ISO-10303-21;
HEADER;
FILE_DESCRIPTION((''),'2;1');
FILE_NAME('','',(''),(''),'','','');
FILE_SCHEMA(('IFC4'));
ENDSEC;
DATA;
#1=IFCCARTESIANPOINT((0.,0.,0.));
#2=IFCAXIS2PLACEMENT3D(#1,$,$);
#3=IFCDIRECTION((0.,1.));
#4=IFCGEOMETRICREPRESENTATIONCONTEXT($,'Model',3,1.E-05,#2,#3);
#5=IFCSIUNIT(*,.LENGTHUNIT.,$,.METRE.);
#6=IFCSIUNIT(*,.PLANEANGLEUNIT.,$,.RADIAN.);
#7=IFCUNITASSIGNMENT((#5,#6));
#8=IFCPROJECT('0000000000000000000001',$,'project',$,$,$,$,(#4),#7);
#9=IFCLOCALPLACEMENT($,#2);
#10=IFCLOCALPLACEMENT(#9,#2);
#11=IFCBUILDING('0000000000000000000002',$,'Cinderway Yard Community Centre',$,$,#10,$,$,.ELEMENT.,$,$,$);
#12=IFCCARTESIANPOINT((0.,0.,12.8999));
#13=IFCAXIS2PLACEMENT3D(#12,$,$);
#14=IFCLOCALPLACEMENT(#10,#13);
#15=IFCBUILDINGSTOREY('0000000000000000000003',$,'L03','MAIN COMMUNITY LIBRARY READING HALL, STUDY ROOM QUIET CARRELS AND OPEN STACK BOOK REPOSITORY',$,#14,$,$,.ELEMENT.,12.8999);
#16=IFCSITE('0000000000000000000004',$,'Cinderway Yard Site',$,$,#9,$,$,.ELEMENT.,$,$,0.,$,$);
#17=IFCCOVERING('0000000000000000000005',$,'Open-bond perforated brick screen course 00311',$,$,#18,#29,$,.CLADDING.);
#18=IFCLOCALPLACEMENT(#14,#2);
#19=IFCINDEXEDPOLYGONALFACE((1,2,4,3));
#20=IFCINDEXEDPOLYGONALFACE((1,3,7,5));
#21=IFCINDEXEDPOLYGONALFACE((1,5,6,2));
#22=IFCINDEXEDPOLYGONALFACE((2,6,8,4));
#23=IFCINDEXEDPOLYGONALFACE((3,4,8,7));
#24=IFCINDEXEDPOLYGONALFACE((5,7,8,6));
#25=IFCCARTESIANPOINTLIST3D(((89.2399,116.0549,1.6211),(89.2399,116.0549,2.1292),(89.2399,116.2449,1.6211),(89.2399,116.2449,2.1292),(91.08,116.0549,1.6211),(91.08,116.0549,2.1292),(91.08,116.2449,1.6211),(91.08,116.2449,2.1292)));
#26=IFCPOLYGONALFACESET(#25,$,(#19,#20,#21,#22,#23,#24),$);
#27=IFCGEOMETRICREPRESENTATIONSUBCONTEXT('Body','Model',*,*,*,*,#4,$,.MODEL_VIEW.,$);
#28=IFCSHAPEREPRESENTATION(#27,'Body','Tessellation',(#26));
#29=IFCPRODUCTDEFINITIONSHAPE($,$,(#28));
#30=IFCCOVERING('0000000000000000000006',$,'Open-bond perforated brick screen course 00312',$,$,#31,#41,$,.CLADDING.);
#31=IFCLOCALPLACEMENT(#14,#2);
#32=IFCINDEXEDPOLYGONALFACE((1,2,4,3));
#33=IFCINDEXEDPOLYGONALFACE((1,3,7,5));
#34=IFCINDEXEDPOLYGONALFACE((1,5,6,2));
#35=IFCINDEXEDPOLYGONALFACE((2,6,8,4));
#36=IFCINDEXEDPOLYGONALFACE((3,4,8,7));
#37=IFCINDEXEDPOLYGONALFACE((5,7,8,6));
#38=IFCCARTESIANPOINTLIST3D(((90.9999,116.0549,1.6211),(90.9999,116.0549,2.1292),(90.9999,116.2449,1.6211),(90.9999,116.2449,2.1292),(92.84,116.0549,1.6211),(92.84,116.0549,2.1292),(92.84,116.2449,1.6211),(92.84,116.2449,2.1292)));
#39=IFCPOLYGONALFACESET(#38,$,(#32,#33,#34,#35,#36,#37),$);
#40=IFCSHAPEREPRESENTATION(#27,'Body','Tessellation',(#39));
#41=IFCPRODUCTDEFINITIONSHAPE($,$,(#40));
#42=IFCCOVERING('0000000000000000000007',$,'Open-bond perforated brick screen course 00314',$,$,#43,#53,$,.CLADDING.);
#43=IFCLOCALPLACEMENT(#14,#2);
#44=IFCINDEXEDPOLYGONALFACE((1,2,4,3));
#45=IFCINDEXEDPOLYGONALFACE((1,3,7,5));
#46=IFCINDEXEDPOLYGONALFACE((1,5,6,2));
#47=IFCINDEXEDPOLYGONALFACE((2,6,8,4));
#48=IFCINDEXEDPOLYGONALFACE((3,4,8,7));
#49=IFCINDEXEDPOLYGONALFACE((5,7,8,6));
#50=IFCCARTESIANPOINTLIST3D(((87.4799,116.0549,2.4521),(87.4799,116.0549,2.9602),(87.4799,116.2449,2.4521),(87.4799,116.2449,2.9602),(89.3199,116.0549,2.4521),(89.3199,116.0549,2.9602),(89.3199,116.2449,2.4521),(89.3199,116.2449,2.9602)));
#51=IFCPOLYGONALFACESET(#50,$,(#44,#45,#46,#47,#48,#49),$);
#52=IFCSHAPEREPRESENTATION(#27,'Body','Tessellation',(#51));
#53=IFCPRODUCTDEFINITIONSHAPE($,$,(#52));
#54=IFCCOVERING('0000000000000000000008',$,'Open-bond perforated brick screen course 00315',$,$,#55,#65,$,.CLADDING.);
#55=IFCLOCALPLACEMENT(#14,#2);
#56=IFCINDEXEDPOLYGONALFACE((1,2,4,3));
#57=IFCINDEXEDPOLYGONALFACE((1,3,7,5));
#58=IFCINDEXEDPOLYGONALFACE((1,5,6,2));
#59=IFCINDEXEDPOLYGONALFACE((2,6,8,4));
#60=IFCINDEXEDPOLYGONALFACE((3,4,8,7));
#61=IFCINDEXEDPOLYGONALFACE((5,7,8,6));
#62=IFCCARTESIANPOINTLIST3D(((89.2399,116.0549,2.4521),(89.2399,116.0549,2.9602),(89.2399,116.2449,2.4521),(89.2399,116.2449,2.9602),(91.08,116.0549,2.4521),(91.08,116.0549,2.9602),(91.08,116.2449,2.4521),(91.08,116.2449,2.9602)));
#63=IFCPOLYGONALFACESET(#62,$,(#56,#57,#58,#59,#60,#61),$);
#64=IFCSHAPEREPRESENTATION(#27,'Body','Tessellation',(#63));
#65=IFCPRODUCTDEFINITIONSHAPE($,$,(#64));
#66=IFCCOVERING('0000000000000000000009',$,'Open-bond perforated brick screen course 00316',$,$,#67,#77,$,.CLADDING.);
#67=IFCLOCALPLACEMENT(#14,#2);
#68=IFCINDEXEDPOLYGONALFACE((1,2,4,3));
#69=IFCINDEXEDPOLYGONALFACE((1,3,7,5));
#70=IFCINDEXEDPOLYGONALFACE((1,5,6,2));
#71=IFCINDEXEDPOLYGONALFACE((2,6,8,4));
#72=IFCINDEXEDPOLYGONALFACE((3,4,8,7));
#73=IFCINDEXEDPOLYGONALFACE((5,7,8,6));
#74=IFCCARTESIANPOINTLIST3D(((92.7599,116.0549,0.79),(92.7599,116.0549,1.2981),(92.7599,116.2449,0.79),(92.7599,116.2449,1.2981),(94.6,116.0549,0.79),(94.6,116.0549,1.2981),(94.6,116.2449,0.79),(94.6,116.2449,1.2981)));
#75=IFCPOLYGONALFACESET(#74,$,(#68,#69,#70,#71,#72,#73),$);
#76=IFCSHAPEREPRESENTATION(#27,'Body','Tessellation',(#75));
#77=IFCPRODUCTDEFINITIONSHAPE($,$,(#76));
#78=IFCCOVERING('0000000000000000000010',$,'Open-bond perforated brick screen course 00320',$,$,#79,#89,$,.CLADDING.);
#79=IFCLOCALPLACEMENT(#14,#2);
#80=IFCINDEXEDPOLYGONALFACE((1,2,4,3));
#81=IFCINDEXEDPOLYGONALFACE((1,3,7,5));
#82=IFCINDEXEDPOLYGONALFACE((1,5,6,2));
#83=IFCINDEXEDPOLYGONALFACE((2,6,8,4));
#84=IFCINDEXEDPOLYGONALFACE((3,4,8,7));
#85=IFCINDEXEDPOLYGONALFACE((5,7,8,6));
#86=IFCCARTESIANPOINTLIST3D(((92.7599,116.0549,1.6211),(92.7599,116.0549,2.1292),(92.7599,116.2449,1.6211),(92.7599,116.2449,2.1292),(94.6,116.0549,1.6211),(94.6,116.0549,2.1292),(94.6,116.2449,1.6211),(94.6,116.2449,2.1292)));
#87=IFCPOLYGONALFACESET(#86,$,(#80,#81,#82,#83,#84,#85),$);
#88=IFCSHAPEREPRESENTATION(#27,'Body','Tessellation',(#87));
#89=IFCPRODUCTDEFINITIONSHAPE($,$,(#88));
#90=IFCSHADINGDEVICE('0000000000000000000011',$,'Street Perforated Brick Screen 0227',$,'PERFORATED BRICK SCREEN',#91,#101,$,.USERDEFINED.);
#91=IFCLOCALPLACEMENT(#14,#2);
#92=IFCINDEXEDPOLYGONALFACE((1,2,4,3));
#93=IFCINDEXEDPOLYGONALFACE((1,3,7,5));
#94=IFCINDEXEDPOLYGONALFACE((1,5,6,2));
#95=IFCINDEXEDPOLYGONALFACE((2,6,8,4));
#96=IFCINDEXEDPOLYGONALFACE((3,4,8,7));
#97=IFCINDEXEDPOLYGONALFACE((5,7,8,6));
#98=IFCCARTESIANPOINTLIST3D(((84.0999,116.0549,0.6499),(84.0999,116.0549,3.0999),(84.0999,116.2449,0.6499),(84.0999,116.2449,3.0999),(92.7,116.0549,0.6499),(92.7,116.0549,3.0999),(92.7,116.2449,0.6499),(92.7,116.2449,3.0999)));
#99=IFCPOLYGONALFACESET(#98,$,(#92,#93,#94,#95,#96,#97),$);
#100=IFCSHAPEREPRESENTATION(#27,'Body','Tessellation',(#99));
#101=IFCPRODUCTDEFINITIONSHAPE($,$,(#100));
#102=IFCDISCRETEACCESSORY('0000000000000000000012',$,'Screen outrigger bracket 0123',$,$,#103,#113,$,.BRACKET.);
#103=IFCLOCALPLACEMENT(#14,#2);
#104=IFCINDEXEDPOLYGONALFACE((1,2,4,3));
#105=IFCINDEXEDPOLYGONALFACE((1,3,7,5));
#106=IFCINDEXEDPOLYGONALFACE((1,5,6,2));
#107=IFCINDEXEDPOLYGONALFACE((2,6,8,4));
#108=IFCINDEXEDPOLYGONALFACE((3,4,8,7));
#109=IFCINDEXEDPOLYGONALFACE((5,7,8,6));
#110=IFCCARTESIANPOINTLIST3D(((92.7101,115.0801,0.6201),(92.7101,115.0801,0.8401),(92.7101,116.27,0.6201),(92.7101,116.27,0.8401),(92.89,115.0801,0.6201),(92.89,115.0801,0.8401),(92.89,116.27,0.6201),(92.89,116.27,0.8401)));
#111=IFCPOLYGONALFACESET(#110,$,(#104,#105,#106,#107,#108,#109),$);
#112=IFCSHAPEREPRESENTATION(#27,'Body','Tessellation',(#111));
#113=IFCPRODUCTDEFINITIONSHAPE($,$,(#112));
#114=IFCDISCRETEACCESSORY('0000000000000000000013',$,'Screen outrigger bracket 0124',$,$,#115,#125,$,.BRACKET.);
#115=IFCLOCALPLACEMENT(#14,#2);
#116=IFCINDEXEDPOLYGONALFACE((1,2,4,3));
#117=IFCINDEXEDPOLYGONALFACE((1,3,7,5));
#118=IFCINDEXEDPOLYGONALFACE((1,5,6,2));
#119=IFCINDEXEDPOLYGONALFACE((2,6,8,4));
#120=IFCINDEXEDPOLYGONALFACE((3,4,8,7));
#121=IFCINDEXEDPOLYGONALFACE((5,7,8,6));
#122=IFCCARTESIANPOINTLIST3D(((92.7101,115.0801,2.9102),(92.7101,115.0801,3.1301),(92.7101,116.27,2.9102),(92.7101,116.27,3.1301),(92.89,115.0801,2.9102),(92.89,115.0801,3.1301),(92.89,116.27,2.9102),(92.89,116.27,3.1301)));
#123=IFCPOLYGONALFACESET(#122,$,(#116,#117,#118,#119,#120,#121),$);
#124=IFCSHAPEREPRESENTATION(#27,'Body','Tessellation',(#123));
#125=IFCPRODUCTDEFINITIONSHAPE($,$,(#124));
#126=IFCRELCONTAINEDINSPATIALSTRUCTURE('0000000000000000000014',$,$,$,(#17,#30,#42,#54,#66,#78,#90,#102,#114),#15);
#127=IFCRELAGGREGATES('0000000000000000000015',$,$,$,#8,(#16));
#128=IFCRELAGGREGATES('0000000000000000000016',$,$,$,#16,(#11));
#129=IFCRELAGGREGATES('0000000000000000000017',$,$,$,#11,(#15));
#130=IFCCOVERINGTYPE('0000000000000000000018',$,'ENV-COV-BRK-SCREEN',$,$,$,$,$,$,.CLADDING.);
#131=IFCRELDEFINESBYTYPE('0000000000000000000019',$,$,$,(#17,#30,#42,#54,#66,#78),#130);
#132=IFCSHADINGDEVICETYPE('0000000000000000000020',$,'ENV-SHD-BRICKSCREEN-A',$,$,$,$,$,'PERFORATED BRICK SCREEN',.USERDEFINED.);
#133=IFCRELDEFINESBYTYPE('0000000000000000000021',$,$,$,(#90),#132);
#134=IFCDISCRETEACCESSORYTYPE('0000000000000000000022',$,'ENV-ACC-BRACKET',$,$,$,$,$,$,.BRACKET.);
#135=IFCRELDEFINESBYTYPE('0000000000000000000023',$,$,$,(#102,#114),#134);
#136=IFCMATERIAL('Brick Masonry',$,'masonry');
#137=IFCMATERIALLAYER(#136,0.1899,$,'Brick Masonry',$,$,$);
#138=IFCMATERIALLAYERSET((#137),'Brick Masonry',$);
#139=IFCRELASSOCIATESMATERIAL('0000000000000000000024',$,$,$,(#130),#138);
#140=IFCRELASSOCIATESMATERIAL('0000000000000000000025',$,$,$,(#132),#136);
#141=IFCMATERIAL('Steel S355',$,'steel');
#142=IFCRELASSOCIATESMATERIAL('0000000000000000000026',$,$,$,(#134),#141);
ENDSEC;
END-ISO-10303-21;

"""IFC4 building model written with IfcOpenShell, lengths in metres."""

from ifc_helpers import new_model, si_unit, direction, frame, origin, origin_2d, place, context, subcontext, project, spatial, rectangle, extrude, material, layer, layer_set, type_object, element, save


model = new_model("IFC4")

# Units and contexts
model_context = context("Model", 3, precision=1e-05, world=origin(), true_north=direction((0.0, 1.0)))
body_context = subcontext(model_context, "Body", "Model", "MODEL_VIEW")
ifc_project = project(units=[si_unit("LENGTHUNIT", "METRE"), si_unit("PLANEANGLEUNIT", "RADIAN")], contexts=[model_context])

# Site, building, storey
site_placement = place(None, origin())
site = spatial("IfcSite", under=ifc_project, at=site_placement, Name="Cinderway Yard Site", CompositionType="ELEMENT", RefElevation=0.0)
building_placement = place(site_placement, origin())
building = spatial("IfcBuilding", under=site, at=building_placement, Name="Cinderway Yard Community Centre", CompositionType="ELEMENT")
storey_placement = place(building_placement, frame((0.0, 0.0, 12.8999)))
storey = spatial("IfcBuildingStorey", under=building, at=storey_placement, Name="L03", Description="MAIN COMMUNITY LIBRARY READING HALL, STUDY ROOM QUIET CARRELS AND OPEN STACK BOOK REPOSITORY", CompositionType="ELEMENT", Elevation=12.8999)

# Shared definitions
ifc_material_1 = material(Name="Steel S355", Category="steel")

# Shared definitions
ifc_material_2 = material(Name="Brick Masonry", Category="masonry")

# Coverings
ifc_layer_1 = layer(ifc_material_2, 0.1899, Name="Brick Masonry")
ifc_layer_set_1 = layer_set([ifc_layer_1], Name="Brick Masonry")
covering_type = type_object("IfcCoveringType", Name="ENV-COV-BRK-SCREEN", PredefinedType="CLADDING", material=ifc_layer_set_1)
for number, where, z_axis, x_axis, name in (
    (1, (90.1599, 116.1499, 1.6211), (0.0, 0.0, 1.0), (1.0, 0.0, 0.0), "Open-bond perforated brick screen course 00311"),
    (2, (91.9199, 116.1499, 1.6211), (0.0, 0.0, 1.0), (1.0, 0.0, 0.0), "Open-bond perforated brick screen course 00312"),
    (3, (88.3999, 116.1499, 2.4521), (0.0, 0.0, 1.0), (1.0, 0.0, 0.0), "Open-bond perforated brick screen course 00314"),
    (4, (90.1599, 116.1499, 2.4521), (0.0, 0.0, 1.0), (1.0, 0.0, 0.0), "Open-bond perforated brick screen course 00315"),
    (5, (93.6799, 116.1499, 0.79), (0.0, 0.0, 1.0), (1.0, 0.0, 0.0), "Open-bond perforated brick screen course 00316"),
    (6, (93.6799, 116.1499, 1.6211), (0.0, 0.0, 1.0), (1.0, 0.0, 0.0), "Open-bond perforated brick screen course 00320"),
):
    element("IfcCovering", number, at=place(storey_placement, frame(where, z_axis=z_axis, x_axis=x_axis)), inside=storey, type_object=covering_type, Name=name, PredefinedType="CLADDING", context=body_context, shape_type="SweptSolid", body=[
        extrude(rectangle(XDim=1.8401, YDim=0.1899, at=origin_2d()), origin(), (0.0, 0.0, 1.0), 0.5081),
    ])

# Shading device
shading_device_type = type_object("IfcShadingDeviceType", Name="ENV-SHD-BRICKSCREEN-A", ElementType="PERFORATED BRICK SCREEN", PredefinedType="USERDEFINED", material=ifc_material_2)
shading_device_placement = place(storey_placement, frame((88.3999, 116.1499, 0.6499), z_axis=(0.0, 0.0, 1.0), x_axis=(1.0, 0.0, 0.0)))
element("IfcShadingDevice", 7, at=shading_device_placement, inside=storey, type_object=shading_device_type, Name="Street Perforated Brick Screen 0227", ObjectType="PERFORATED BRICK SCREEN", PredefinedType="USERDEFINED", context=body_context, shape_type="SweptSolid", body=[
    extrude(rectangle(XDim=8.6001, YDim=0.1899, at=origin_2d()), origin(), (0.0, 0.0, 1.0), 2.45),
])

# Discrete accessories
discrete_accessory_type = type_object("IfcDiscreteAccessoryType", Name="ENV-ACC-BRACKET", PredefinedType="BRACKET", material=ifc_material_1)
for number, where, z_axis, x_axis, name in (
    (8, (92.8, 115.675, 0.6201), (0.0, 0.0, 1.0), (0.0, 1.0, 0.0), "Screen outrigger bracket 0123"),
    (9, (92.8, 115.675, 2.9102), (0.0, 0.0, 1.0), (0.0, 1.0, 0.0), "Screen outrigger bracket 0124"),
):
    element("IfcDiscreteAccessory", number, at=place(storey_placement, frame(where, z_axis=z_axis, x_axis=x_axis)), inside=storey, type_object=discrete_accessory_type, Name=name, PredefinedType="BRACKET", context=body_context, shape_type="SweptSolid", body=[
        extrude(rectangle(XDim=1.1899, YDim=0.1799, at=origin_2d()), origin(), (0.0, 0.0, 1.0), 0.22),
    ])

save(model, "model.ifc")
